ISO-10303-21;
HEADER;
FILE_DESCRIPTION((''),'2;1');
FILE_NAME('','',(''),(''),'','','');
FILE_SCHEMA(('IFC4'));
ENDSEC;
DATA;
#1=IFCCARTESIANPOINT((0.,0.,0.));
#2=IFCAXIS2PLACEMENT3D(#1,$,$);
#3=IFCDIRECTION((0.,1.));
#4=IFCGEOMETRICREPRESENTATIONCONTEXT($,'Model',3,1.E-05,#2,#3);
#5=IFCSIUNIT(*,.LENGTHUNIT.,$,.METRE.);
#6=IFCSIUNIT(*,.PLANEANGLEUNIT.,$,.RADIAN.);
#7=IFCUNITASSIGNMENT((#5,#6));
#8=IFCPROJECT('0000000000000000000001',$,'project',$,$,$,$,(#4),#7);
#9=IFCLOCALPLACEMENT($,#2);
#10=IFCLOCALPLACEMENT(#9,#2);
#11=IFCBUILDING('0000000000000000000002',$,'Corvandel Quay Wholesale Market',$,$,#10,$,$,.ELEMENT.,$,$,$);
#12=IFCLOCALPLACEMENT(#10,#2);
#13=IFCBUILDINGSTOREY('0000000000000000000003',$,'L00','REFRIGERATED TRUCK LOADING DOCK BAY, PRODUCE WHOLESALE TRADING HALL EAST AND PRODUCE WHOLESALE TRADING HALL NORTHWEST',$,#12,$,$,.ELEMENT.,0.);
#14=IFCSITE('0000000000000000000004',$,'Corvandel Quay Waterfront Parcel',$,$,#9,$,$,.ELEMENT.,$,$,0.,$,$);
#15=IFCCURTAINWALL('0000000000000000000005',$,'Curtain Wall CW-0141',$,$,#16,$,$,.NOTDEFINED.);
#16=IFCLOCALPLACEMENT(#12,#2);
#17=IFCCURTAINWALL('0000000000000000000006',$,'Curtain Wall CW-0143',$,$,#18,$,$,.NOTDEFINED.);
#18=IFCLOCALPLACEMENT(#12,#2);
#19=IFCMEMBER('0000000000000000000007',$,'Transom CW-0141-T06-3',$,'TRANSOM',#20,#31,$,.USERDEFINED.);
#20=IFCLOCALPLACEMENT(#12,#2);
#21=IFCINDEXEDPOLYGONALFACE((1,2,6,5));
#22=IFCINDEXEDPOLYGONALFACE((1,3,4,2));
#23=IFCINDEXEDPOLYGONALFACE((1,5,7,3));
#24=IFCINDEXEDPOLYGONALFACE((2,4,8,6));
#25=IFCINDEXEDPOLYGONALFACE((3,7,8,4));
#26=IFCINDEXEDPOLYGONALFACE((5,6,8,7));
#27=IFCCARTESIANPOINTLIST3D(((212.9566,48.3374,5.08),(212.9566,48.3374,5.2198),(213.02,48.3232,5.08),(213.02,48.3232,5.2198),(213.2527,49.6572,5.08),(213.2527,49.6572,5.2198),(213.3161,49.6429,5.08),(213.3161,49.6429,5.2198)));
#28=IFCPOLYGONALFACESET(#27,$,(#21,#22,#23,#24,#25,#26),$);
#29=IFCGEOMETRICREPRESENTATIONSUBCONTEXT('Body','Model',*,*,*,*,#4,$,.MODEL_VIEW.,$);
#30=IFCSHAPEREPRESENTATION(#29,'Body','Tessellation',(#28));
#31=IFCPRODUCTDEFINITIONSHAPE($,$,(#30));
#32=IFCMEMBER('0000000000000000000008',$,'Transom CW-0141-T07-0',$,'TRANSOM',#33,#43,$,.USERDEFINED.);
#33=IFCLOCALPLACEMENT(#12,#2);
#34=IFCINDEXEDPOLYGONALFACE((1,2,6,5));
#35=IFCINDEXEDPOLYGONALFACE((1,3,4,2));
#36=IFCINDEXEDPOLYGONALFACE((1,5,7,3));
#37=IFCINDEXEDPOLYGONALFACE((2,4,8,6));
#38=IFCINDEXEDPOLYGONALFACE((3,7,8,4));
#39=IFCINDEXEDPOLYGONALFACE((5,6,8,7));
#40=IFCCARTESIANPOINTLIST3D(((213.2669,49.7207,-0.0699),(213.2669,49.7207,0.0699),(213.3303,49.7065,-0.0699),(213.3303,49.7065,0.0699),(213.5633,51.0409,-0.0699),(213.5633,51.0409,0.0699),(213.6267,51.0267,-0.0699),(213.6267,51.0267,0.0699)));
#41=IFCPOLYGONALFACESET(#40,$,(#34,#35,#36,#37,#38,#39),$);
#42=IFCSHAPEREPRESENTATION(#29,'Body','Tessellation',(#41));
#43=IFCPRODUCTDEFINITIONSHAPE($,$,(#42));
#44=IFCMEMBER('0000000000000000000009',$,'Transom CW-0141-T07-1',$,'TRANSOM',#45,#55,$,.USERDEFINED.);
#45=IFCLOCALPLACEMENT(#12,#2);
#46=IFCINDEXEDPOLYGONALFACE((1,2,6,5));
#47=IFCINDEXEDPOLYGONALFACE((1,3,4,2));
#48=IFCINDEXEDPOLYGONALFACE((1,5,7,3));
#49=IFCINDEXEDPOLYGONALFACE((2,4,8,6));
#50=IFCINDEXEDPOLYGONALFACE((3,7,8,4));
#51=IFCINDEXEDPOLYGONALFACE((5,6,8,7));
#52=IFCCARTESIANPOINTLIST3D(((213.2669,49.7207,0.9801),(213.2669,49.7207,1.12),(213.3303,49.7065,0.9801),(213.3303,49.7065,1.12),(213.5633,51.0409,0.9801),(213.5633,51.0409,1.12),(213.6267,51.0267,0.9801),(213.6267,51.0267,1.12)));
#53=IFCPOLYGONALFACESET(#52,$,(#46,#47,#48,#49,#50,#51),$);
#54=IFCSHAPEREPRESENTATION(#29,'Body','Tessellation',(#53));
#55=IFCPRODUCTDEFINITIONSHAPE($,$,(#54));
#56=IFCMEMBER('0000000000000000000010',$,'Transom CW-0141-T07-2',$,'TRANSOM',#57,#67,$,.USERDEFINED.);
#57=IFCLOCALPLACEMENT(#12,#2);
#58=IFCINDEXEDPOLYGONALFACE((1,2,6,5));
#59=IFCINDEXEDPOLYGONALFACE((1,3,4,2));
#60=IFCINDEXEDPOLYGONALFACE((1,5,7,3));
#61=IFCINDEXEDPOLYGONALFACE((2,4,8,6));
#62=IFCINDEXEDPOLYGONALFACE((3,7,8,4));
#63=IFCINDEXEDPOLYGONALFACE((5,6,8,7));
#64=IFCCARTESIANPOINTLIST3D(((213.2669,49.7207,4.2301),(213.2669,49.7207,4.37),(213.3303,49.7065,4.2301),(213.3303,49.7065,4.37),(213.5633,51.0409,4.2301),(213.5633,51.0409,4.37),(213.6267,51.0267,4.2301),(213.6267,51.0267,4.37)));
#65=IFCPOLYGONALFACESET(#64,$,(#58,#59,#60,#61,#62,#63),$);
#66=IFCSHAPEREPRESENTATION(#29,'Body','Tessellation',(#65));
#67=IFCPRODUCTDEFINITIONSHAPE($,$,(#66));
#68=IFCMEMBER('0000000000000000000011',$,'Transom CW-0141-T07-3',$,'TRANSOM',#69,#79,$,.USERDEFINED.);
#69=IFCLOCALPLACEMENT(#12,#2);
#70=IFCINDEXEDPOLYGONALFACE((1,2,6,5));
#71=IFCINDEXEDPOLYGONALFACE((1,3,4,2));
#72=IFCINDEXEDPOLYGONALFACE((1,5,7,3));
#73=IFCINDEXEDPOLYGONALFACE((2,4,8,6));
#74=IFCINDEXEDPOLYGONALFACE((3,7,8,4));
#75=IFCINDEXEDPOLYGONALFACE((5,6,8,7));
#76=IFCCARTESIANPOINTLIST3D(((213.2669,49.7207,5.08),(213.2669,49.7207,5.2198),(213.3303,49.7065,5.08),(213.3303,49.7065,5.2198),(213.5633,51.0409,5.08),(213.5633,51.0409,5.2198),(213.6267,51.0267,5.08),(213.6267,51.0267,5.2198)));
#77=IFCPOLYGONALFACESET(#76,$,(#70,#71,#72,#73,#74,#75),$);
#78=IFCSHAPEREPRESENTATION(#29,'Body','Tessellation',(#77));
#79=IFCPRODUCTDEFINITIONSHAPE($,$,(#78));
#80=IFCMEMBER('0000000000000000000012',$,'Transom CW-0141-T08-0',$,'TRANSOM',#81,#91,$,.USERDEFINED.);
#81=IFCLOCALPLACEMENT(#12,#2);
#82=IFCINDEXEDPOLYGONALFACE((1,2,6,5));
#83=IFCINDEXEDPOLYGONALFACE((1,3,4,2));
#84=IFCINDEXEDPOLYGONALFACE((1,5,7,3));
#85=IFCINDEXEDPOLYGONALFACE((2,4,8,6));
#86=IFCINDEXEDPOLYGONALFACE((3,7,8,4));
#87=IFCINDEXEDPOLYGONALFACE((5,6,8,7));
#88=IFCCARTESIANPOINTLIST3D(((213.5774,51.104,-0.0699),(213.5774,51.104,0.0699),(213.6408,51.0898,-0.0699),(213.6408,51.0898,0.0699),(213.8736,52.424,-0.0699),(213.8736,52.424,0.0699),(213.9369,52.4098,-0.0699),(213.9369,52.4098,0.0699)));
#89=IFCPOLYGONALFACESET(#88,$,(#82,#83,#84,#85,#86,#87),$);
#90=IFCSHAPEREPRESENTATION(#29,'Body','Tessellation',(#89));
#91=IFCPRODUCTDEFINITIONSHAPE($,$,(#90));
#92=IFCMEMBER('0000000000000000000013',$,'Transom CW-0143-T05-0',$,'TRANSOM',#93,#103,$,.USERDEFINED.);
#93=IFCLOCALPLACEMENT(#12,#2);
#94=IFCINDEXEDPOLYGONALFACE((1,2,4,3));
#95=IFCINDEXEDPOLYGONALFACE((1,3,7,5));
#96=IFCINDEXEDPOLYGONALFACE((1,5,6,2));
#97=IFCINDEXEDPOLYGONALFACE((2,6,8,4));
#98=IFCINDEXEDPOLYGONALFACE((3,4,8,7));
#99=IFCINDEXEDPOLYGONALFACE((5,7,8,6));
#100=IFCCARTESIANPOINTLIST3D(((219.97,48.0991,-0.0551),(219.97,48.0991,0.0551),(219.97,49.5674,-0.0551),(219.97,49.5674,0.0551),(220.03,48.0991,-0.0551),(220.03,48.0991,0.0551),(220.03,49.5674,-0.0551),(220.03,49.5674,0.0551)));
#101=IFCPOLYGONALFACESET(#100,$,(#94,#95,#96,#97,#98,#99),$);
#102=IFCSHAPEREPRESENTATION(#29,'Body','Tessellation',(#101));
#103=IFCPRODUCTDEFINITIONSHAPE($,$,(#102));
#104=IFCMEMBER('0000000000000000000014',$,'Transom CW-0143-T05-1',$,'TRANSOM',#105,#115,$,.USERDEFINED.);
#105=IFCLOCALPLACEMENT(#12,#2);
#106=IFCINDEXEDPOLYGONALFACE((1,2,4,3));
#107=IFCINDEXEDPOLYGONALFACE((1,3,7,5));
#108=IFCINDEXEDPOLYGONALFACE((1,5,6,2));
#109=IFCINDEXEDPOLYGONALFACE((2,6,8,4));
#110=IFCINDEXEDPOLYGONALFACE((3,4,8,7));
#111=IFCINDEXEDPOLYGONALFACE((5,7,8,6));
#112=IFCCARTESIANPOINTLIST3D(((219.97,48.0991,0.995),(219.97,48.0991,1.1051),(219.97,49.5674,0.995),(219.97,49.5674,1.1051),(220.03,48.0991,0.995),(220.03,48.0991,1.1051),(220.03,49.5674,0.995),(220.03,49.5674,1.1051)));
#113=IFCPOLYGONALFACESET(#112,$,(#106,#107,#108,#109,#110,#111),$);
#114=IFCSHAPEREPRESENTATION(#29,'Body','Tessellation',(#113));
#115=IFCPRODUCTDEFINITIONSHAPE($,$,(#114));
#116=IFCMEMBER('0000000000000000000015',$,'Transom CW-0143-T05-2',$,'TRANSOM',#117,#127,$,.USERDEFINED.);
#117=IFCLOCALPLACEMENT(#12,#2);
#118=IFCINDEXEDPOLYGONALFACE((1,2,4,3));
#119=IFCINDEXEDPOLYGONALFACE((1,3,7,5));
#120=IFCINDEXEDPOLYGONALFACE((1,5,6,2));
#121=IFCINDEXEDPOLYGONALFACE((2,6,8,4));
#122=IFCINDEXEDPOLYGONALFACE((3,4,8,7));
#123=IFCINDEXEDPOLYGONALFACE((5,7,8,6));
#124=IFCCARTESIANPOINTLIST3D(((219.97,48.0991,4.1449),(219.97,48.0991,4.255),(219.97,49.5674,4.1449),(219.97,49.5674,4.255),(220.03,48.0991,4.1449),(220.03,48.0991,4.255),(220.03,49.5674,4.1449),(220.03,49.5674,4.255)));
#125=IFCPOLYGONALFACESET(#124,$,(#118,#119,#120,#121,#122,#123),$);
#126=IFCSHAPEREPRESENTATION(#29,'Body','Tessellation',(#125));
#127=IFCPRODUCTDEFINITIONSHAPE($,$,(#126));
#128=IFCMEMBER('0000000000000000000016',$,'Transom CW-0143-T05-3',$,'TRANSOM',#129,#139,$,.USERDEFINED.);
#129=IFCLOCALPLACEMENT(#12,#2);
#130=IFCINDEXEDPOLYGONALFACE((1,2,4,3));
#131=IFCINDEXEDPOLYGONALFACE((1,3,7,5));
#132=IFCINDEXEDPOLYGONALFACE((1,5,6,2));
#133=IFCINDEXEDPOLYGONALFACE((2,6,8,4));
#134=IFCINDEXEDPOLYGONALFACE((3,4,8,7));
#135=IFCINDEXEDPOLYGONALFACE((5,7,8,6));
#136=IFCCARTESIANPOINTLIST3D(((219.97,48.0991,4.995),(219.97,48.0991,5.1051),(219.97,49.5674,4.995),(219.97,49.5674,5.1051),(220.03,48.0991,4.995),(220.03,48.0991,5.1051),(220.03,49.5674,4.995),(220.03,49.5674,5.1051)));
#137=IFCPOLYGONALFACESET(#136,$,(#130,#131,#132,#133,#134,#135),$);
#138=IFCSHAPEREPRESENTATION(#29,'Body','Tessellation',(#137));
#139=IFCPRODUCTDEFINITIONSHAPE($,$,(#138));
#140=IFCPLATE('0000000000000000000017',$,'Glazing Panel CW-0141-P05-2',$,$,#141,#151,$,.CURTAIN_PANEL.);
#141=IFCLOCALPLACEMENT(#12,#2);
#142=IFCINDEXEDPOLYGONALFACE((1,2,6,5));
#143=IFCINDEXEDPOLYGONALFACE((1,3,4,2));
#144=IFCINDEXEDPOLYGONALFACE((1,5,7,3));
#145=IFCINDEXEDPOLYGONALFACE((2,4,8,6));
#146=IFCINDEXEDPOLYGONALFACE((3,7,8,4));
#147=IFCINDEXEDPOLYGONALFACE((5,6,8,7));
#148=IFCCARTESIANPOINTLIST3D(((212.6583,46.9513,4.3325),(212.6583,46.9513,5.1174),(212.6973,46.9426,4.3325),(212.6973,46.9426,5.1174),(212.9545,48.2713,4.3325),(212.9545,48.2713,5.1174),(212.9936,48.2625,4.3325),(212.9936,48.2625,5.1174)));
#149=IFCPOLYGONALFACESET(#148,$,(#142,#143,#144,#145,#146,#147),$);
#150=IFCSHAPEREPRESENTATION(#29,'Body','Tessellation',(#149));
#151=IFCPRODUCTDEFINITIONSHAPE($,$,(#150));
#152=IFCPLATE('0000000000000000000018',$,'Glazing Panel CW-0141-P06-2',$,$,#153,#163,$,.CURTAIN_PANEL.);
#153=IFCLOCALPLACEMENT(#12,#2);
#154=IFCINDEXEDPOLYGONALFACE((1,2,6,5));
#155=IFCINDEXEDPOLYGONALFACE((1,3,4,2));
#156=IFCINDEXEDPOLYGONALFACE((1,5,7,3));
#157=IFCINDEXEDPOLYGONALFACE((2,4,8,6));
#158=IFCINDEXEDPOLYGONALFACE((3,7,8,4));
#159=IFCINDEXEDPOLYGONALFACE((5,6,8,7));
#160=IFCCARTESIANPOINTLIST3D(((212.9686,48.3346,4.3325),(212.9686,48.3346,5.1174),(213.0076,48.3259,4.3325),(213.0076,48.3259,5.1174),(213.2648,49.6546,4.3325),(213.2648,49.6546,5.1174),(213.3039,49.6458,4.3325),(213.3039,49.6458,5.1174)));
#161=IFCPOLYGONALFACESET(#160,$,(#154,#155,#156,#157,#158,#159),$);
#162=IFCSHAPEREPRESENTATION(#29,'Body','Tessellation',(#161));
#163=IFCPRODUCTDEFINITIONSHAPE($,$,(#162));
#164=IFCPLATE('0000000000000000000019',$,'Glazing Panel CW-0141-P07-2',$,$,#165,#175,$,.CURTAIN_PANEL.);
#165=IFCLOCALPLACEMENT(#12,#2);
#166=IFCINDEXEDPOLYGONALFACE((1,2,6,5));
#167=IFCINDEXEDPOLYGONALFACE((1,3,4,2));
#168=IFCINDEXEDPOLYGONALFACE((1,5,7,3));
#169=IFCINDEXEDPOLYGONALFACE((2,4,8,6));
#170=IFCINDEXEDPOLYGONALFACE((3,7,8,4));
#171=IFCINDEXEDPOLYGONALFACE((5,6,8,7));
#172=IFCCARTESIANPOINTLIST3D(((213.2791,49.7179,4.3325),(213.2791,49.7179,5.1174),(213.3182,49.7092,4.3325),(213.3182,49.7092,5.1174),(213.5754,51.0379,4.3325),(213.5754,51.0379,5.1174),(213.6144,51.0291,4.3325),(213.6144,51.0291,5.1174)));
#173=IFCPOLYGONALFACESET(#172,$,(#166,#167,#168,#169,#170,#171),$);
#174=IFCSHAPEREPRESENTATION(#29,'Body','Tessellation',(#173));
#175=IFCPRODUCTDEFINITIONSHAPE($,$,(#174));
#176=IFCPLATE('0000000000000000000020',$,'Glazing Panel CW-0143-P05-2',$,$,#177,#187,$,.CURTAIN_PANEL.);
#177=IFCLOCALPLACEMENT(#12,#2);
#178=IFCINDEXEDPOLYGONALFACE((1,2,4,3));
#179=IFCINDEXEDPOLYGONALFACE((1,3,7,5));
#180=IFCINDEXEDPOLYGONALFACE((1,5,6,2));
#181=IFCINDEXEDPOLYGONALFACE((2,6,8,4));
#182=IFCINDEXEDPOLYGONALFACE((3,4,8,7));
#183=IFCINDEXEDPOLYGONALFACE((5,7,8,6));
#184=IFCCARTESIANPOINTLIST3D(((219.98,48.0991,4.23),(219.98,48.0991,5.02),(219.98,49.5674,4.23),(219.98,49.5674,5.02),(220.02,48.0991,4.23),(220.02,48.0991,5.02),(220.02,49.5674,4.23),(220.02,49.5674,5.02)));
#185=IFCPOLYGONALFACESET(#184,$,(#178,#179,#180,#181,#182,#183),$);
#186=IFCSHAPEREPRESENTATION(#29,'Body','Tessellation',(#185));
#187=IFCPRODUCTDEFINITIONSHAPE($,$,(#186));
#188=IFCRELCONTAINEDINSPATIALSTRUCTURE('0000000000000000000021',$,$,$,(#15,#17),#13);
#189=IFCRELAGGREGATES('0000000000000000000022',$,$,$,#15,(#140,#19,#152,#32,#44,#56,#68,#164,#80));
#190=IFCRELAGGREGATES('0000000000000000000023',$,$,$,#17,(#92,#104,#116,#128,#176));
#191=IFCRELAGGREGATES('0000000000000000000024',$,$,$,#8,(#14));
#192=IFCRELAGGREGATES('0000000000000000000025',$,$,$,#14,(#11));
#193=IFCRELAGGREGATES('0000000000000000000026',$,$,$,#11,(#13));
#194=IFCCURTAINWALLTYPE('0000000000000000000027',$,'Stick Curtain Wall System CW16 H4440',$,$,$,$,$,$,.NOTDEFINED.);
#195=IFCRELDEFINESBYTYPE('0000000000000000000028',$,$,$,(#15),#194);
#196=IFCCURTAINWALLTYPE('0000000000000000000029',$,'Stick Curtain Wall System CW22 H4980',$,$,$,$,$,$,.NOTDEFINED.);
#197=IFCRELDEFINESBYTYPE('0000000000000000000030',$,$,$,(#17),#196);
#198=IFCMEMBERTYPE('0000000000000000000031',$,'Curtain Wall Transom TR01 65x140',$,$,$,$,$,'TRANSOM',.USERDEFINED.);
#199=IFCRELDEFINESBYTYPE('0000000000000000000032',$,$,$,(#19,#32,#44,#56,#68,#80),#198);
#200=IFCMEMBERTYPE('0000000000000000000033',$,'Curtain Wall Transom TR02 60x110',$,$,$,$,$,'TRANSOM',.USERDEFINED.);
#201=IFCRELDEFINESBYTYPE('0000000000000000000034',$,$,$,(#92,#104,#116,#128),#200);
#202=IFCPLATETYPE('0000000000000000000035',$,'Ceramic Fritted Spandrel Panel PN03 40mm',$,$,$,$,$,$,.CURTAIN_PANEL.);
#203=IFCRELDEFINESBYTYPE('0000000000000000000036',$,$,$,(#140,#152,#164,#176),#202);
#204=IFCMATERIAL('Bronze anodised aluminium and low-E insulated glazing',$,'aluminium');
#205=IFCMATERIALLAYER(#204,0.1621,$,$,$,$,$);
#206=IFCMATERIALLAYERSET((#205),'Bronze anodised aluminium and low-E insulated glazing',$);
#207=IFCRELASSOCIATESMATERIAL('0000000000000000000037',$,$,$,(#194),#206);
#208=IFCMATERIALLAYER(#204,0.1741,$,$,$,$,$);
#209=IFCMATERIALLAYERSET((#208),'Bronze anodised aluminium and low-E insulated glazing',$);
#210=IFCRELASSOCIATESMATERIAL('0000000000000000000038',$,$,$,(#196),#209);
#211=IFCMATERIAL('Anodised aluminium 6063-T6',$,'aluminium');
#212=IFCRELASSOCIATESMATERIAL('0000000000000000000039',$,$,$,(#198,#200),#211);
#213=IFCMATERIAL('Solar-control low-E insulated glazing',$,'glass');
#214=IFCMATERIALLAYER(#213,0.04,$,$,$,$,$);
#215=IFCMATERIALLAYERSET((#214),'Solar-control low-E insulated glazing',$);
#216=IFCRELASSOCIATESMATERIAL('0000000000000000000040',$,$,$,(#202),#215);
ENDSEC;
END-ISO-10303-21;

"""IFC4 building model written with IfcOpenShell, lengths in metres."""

from ifc_helpers import new_model, si_unit, direction, frame, origin, origin_2d, place, context, subcontext, project, spatial, rectangle, extrude, material, layer, layer_set, material_profile, profile_set, type_object, element, aggregate, save


model = new_model("IFC4")

# Units and contexts
model_context = context("Model", 3, precision=1e-05, world=origin(), true_north=direction((0.0, 1.0)))
body_context = subcontext(model_context, "Body", "Model", "MODEL_VIEW")
ifc_project = project(units=[si_unit("LENGTHUNIT", "METRE"), si_unit("PLANEANGLEUNIT", "RADIAN")], contexts=[model_context])

# Site, building, storey
site_placement = place(None, origin())
site = spatial("IfcSite", under=ifc_project, at=site_placement, Name="Corvandel Quay Waterfront Parcel", CompositionType="ELEMENT", RefElevation=0.0)
building_placement = place(site_placement, origin())
building = spatial("IfcBuilding", under=site, at=building_placement, Name="Corvandel Quay Wholesale Market", CompositionType="ELEMENT")
storey_placement = place(building_placement, origin())
storey = spatial("IfcBuildingStorey", under=building, at=storey_placement, Name="L00", Description="REFRIGERATED TRUCK LOADING DOCK BAY, PRODUCE WHOLESALE TRADING HALL EAST AND PRODUCE WHOLESALE TRADING HALL NORTHWEST", CompositionType="ELEMENT", Elevation=0.0)

# Curtain walls
ifc_material_1 = material(Name="Bronze anodised aluminium and low-E insulated glazing", Category="aluminium")
ifc_layer_1 = layer(ifc_material_1, 0.1621)
ifc_layer_set_1 = layer_set([ifc_layer_1], Name="Bronze anodised aluminium and low-E insulated glazing")
curtain_wall_type_1 = type_object("IfcCurtainWallType", Name="Stick Curtain Wall System CW16 H4440", PredefinedType="NOTDEFINED", material=ifc_layer_set_1)
curtain_wall_1_placement = place(storey_placement, origin())
curtain_wall_1 = element("IfcCurtainWall", 1, at=curtain_wall_1_placement, inside=storey, type_object=curtain_wall_type_1, Name="Curtain Wall CW-0141", PredefinedType="NOTDEFINED")
ifc_material_2 = material(Name="Anodised aluminium 6063-T6", Category="aluminium")
ifc_layer_2 = layer(ifc_material_1, 0.1741)
ifc_layer_set_2 = layer_set([ifc_layer_2], Name="Bronze anodised aluminium and low-E insulated glazing")
curtain_wall_type_2 = type_object("IfcCurtainWallType", Name="Stick Curtain Wall System CW22 H4980", PredefinedType="NOTDEFINED", material=ifc_layer_set_2)
curtain_wall_2_placement = place(storey_placement, origin())
curtain_wall_2 = element("IfcCurtainWall", 2, at=curtain_wall_2_placement, inside=storey, type_object=curtain_wall_type_2, Name="Curtain Wall CW-0143", PredefinedType="NOTDEFINED")

# Members
ifc_material_profile_1 = material_profile(ifc_material_2, rectangle(XDim=0.0649, YDim=0.1399, at=origin_2d()), Name="ALU-TRN-65x140")
ifc_profile_set_1 = profile_set([ifc_material_profile_1], Name="Anodised aluminium 6063-T6")
member_type_1 = type_object("IfcMemberType", Name="Curtain Wall Transom TR01 65x140", ElementType="TRANSOM", PredefinedType="USERDEFINED", material=ifc_profile_set_1)
member_1_placement = place(storey_placement, frame((212.9883, 48.3303, 5.1499), z_axis=(0.218937, 0.975739, 0.0), x_axis=(-0.975739, 0.218937, 0.0)))
member_1 = element("IfcMember", 3, at=member_1_placement, type_object=member_type_1, Name="Transom CW-0141-T06-3", ObjectType="TRANSOM", PredefinedType="USERDEFINED", context=body_context, shape_type="SweptSolid", body=[
    extrude(rectangle(XDim=0.0649, YDim=0.1399, at=origin_2d()), origin(), (0.0, 0.0, 1.0), 1.3525),
])
member_2_placement = place(storey_placement, frame((213.2986, 49.7136, 0.0), z_axis=(0.21907, 0.975709, 0.0), x_axis=(-0.975709, 0.21907, 0.0)))
member_2 = element("IfcMember", 4, at=member_2_placement, type_object=member_type_1, Name="Transom CW-0141-T07-0", ObjectType="TRANSOM", PredefinedType="USERDEFINED", context=body_context, shape_type="SweptSolid", body=[
    extrude(rectangle(XDim=0.0649, YDim=0.1399, at=origin_2d()), origin(), (0.0, 0.0, 1.0), 1.353),
])
member_3_placement = place(storey_placement, frame((213.2986, 49.7136, 1.05), z_axis=(0.21907, 0.975709, 0.0), x_axis=(-0.975709, 0.21907, 0.0)))
member_3 = element("IfcMember", 5, at=member_3_placement, type_object=member_type_1, Name="Transom CW-0141-T07-1", ObjectType="TRANSOM", PredefinedType="USERDEFINED", context=body_context, shape_type="SweptSolid", body=[
    extrude(rectangle(XDim=0.0649, YDim=0.1399, at=origin_2d()), origin(), (0.0, 0.0, 1.0), 1.353),
])
member_4_placement = place(storey_placement, frame((213.2986, 49.7136, 4.3), z_axis=(0.21907, 0.975709, 0.0), x_axis=(-0.975709, 0.21907, 0.0)))
member_4 = element("IfcMember", 6, at=member_4_placement, type_object=member_type_1, Name="Transom CW-0141-T07-2", ObjectType="TRANSOM", PredefinedType="USERDEFINED", context=body_context, shape_type="SweptSolid", body=[
    extrude(rectangle(XDim=0.0649, YDim=0.1399, at=origin_2d()), origin(), (0.0, 0.0, 1.0), 1.353),
])
member_5_placement = place(storey_placement, frame((213.2986, 49.7136, 5.1499), z_axis=(0.21907, 0.975709, 0.0), x_axis=(-0.975709, 0.21907, 0.0)))
member_5 = element("IfcMember", 7, at=member_5_placement, type_object=member_type_1, Name="Transom CW-0141-T07-3", ObjectType="TRANSOM", PredefinedType="USERDEFINED", context=body_context, shape_type="SweptSolid", body=[
    extrude(rectangle(XDim=0.0649, YDim=0.1399, at=origin_2d()), origin(), (0.0, 0.0, 1.0), 1.353),
])
member_6_placement = place(storey_placement, frame((213.6091, 51.0969, 0.0), z_axis=(0.218898, 0.975748, 0.0), x_axis=(-0.975748, 0.218898, 0.0)))
member_6 = element("IfcMember", 8, at=member_6_placement, type_object=member_type_1, Name="Transom CW-0141-T08-0", ObjectType="TRANSOM", PredefinedType="USERDEFINED", context=body_context, shape_type="SweptSolid", body=[
    extrude(rectangle(XDim=0.0649, YDim=0.1399, at=origin_2d()), origin(), (0.0, 0.0, 1.0), 1.3528),
])
ifc_material_profile_2 = material_profile(ifc_material_2, rectangle(XDim=0.0601, YDim=0.1101, at=origin_2d()), Name="ALU-TRN-60x110")
ifc_profile_set_2 = profile_set([ifc_material_profile_2], Name="Anodised aluminium 6063-T6")
member_type_2 = type_object("IfcMemberType", Name="Curtain Wall Transom TR02 60x110", ElementType="TRANSOM", PredefinedType="USERDEFINED", material=ifc_profile_set_2)
member_7_placement = place(storey_placement, frame((220.0, 48.0991, 0.0), z_axis=(0.0, 1.0, 0.0), x_axis=(-1.0, 0.0, 0.0)))
member_7 = element("IfcMember", 9, at=member_7_placement, type_object=member_type_2, Name="Transom CW-0143-T05-0", ObjectType="TRANSOM", PredefinedType="USERDEFINED", context=body_context, shape_type="SweptSolid", body=[
    extrude(rectangle(XDim=0.0601, YDim=0.1101, at=origin_2d()), origin(), (0.0, 0.0, 1.0), 1.4683),
])
member_8_placement = place(storey_placement, frame((220.0, 48.0991, 1.05), z_axis=(0.0, 1.0, 0.0), x_axis=(-1.0, 0.0, 0.0)))
member_8 = element("IfcMember", 10, at=member_8_placement, type_object=member_type_2, Name="Transom CW-0143-T05-1", ObjectType="TRANSOM", PredefinedType="USERDEFINED", context=body_context, shape_type="SweptSolid", body=[
    extrude(rectangle(XDim=0.0601, YDim=0.1101, at=origin_2d()), origin(), (0.0, 0.0, 1.0), 1.4683),
])
member_9_placement = place(storey_placement, frame((220.0, 48.0991, 4.2), z_axis=(0.0, 1.0, 0.0), x_axis=(-1.0, 0.0, 0.0)))
member_9 = element("IfcMember", 11, at=member_9_placement, type_object=member_type_2, Name="Transom CW-0143-T05-2", ObjectType="TRANSOM", PredefinedType="USERDEFINED", context=body_context, shape_type="SweptSolid", body=[
    extrude(rectangle(XDim=0.0601, YDim=0.1101, at=origin_2d()), origin(), (0.0, 0.0, 1.0), 1.4683),
])
member_10_placement = place(storey_placement, frame((220.0, 48.0991, 5.05), z_axis=(0.0, 1.0, 0.0), x_axis=(-1.0, 0.0, 0.0)))
member_10 = element("IfcMember", 12, at=member_10_placement, type_object=member_type_2, Name="Transom CW-0143-T05-3", ObjectType="TRANSOM", PredefinedType="USERDEFINED", context=body_context, shape_type="SweptSolid", body=[
    extrude(rectangle(XDim=0.0601, YDim=0.1101, at=origin_2d()), origin(), (0.0, 0.0, 1.0), 1.4683),
])

# Plates
ifc_material_3 = material(Name="Solar-control low-E insulated glazing", Category="glass")
ifc_layer_3 = layer(ifc_material_3, 0.04)
ifc_layer_set_3 = layer_set([ifc_layer_3], Name="Solar-control low-E insulated glazing")
plate_type_1 = type_object("IfcPlateType", Name="Ceramic Fritted Spandrel Panel PN03 40mm", PredefinedType="CURTAIN_PANEL", material=ifc_layer_set_3)
plate_1_placement = place(storey_placement, frame((212.8259, 47.6069, 4.3325), z_axis=(0.0, 0.0, 1.0), x_axis=(0.218995, 0.975726, 0.0)))
plate_1 = element("IfcPlate", 13, at=plate_1_placement, type_object=plate_type_1, Name="Glazing Panel CW-0141-P05-2", PredefinedType="CURTAIN_PANEL", context=body_context, shape_type="SweptSolid", body=[
    extrude(rectangle(XDim=1.3528, YDim=0.04, at=origin_2d()), origin(), (0.0, 0.0, 1.0), 0.7849),
])
plate_2_placement = place(storey_placement, frame((213.1362, 48.9902, 4.3325), z_axis=(0.0, 0.0, 1.0), x_axis=(0.218995, 0.975726, 0.0)))
plate_2 = element("IfcPlate", 14, at=plate_2_placement, type_object=plate_type_1, Name="Glazing Panel CW-0141-P06-2", PredefinedType="CURTAIN_PANEL", context=body_context, shape_type="SweptSolid", body=[
    extrude(rectangle(XDim=1.3528, YDim=0.04, at=origin_2d()), origin(), (0.0, 0.0, 1.0), 0.7849),
])
plate_3_placement = place(storey_placement, frame((213.4468, 50.3735, 4.3325), z_axis=(0.0, 0.0, 1.0), x_axis=(0.218995, 0.975726, 0.0)))
plate_3 = element("IfcPlate", 15, at=plate_3_placement, type_object=plate_type_1, Name="Glazing Panel CW-0141-P07-2", PredefinedType="CURTAIN_PANEL", context=body_context, shape_type="SweptSolid", body=[
    extrude(rectangle(XDim=1.3528, YDim=0.04, at=origin_2d()), origin(), (0.0, 0.0, 1.0), 0.7849),
])
plate_4_placement = place(storey_placement, frame((220.0, 48.8333, 4.23), z_axis=(0.0, 0.0, 1.0), x_axis=(0.0, 1.0, 0.0)))
plate_4 = element("IfcPlate", 16, at=plate_4_placement, type_object=plate_type_1, Name="Glazing Panel CW-0143-P05-2", PredefinedType="CURTAIN_PANEL", context=body_context, shape_type="SweptSolid", body=[
    extrude(rectangle(XDim=1.4683, YDim=0.04, at=origin_2d()), origin(), (0.0, 0.0, 1.0), 0.79),
])
aggregate(curtain_wall_1, [plate_1, member_1, plate_2, member_2, member_3, member_4, member_5, plate_3, member_6])
aggregate(curtain_wall_2, [member_7, member_8, member_9, member_10, plate_4])

save(model, "model.ifc")
